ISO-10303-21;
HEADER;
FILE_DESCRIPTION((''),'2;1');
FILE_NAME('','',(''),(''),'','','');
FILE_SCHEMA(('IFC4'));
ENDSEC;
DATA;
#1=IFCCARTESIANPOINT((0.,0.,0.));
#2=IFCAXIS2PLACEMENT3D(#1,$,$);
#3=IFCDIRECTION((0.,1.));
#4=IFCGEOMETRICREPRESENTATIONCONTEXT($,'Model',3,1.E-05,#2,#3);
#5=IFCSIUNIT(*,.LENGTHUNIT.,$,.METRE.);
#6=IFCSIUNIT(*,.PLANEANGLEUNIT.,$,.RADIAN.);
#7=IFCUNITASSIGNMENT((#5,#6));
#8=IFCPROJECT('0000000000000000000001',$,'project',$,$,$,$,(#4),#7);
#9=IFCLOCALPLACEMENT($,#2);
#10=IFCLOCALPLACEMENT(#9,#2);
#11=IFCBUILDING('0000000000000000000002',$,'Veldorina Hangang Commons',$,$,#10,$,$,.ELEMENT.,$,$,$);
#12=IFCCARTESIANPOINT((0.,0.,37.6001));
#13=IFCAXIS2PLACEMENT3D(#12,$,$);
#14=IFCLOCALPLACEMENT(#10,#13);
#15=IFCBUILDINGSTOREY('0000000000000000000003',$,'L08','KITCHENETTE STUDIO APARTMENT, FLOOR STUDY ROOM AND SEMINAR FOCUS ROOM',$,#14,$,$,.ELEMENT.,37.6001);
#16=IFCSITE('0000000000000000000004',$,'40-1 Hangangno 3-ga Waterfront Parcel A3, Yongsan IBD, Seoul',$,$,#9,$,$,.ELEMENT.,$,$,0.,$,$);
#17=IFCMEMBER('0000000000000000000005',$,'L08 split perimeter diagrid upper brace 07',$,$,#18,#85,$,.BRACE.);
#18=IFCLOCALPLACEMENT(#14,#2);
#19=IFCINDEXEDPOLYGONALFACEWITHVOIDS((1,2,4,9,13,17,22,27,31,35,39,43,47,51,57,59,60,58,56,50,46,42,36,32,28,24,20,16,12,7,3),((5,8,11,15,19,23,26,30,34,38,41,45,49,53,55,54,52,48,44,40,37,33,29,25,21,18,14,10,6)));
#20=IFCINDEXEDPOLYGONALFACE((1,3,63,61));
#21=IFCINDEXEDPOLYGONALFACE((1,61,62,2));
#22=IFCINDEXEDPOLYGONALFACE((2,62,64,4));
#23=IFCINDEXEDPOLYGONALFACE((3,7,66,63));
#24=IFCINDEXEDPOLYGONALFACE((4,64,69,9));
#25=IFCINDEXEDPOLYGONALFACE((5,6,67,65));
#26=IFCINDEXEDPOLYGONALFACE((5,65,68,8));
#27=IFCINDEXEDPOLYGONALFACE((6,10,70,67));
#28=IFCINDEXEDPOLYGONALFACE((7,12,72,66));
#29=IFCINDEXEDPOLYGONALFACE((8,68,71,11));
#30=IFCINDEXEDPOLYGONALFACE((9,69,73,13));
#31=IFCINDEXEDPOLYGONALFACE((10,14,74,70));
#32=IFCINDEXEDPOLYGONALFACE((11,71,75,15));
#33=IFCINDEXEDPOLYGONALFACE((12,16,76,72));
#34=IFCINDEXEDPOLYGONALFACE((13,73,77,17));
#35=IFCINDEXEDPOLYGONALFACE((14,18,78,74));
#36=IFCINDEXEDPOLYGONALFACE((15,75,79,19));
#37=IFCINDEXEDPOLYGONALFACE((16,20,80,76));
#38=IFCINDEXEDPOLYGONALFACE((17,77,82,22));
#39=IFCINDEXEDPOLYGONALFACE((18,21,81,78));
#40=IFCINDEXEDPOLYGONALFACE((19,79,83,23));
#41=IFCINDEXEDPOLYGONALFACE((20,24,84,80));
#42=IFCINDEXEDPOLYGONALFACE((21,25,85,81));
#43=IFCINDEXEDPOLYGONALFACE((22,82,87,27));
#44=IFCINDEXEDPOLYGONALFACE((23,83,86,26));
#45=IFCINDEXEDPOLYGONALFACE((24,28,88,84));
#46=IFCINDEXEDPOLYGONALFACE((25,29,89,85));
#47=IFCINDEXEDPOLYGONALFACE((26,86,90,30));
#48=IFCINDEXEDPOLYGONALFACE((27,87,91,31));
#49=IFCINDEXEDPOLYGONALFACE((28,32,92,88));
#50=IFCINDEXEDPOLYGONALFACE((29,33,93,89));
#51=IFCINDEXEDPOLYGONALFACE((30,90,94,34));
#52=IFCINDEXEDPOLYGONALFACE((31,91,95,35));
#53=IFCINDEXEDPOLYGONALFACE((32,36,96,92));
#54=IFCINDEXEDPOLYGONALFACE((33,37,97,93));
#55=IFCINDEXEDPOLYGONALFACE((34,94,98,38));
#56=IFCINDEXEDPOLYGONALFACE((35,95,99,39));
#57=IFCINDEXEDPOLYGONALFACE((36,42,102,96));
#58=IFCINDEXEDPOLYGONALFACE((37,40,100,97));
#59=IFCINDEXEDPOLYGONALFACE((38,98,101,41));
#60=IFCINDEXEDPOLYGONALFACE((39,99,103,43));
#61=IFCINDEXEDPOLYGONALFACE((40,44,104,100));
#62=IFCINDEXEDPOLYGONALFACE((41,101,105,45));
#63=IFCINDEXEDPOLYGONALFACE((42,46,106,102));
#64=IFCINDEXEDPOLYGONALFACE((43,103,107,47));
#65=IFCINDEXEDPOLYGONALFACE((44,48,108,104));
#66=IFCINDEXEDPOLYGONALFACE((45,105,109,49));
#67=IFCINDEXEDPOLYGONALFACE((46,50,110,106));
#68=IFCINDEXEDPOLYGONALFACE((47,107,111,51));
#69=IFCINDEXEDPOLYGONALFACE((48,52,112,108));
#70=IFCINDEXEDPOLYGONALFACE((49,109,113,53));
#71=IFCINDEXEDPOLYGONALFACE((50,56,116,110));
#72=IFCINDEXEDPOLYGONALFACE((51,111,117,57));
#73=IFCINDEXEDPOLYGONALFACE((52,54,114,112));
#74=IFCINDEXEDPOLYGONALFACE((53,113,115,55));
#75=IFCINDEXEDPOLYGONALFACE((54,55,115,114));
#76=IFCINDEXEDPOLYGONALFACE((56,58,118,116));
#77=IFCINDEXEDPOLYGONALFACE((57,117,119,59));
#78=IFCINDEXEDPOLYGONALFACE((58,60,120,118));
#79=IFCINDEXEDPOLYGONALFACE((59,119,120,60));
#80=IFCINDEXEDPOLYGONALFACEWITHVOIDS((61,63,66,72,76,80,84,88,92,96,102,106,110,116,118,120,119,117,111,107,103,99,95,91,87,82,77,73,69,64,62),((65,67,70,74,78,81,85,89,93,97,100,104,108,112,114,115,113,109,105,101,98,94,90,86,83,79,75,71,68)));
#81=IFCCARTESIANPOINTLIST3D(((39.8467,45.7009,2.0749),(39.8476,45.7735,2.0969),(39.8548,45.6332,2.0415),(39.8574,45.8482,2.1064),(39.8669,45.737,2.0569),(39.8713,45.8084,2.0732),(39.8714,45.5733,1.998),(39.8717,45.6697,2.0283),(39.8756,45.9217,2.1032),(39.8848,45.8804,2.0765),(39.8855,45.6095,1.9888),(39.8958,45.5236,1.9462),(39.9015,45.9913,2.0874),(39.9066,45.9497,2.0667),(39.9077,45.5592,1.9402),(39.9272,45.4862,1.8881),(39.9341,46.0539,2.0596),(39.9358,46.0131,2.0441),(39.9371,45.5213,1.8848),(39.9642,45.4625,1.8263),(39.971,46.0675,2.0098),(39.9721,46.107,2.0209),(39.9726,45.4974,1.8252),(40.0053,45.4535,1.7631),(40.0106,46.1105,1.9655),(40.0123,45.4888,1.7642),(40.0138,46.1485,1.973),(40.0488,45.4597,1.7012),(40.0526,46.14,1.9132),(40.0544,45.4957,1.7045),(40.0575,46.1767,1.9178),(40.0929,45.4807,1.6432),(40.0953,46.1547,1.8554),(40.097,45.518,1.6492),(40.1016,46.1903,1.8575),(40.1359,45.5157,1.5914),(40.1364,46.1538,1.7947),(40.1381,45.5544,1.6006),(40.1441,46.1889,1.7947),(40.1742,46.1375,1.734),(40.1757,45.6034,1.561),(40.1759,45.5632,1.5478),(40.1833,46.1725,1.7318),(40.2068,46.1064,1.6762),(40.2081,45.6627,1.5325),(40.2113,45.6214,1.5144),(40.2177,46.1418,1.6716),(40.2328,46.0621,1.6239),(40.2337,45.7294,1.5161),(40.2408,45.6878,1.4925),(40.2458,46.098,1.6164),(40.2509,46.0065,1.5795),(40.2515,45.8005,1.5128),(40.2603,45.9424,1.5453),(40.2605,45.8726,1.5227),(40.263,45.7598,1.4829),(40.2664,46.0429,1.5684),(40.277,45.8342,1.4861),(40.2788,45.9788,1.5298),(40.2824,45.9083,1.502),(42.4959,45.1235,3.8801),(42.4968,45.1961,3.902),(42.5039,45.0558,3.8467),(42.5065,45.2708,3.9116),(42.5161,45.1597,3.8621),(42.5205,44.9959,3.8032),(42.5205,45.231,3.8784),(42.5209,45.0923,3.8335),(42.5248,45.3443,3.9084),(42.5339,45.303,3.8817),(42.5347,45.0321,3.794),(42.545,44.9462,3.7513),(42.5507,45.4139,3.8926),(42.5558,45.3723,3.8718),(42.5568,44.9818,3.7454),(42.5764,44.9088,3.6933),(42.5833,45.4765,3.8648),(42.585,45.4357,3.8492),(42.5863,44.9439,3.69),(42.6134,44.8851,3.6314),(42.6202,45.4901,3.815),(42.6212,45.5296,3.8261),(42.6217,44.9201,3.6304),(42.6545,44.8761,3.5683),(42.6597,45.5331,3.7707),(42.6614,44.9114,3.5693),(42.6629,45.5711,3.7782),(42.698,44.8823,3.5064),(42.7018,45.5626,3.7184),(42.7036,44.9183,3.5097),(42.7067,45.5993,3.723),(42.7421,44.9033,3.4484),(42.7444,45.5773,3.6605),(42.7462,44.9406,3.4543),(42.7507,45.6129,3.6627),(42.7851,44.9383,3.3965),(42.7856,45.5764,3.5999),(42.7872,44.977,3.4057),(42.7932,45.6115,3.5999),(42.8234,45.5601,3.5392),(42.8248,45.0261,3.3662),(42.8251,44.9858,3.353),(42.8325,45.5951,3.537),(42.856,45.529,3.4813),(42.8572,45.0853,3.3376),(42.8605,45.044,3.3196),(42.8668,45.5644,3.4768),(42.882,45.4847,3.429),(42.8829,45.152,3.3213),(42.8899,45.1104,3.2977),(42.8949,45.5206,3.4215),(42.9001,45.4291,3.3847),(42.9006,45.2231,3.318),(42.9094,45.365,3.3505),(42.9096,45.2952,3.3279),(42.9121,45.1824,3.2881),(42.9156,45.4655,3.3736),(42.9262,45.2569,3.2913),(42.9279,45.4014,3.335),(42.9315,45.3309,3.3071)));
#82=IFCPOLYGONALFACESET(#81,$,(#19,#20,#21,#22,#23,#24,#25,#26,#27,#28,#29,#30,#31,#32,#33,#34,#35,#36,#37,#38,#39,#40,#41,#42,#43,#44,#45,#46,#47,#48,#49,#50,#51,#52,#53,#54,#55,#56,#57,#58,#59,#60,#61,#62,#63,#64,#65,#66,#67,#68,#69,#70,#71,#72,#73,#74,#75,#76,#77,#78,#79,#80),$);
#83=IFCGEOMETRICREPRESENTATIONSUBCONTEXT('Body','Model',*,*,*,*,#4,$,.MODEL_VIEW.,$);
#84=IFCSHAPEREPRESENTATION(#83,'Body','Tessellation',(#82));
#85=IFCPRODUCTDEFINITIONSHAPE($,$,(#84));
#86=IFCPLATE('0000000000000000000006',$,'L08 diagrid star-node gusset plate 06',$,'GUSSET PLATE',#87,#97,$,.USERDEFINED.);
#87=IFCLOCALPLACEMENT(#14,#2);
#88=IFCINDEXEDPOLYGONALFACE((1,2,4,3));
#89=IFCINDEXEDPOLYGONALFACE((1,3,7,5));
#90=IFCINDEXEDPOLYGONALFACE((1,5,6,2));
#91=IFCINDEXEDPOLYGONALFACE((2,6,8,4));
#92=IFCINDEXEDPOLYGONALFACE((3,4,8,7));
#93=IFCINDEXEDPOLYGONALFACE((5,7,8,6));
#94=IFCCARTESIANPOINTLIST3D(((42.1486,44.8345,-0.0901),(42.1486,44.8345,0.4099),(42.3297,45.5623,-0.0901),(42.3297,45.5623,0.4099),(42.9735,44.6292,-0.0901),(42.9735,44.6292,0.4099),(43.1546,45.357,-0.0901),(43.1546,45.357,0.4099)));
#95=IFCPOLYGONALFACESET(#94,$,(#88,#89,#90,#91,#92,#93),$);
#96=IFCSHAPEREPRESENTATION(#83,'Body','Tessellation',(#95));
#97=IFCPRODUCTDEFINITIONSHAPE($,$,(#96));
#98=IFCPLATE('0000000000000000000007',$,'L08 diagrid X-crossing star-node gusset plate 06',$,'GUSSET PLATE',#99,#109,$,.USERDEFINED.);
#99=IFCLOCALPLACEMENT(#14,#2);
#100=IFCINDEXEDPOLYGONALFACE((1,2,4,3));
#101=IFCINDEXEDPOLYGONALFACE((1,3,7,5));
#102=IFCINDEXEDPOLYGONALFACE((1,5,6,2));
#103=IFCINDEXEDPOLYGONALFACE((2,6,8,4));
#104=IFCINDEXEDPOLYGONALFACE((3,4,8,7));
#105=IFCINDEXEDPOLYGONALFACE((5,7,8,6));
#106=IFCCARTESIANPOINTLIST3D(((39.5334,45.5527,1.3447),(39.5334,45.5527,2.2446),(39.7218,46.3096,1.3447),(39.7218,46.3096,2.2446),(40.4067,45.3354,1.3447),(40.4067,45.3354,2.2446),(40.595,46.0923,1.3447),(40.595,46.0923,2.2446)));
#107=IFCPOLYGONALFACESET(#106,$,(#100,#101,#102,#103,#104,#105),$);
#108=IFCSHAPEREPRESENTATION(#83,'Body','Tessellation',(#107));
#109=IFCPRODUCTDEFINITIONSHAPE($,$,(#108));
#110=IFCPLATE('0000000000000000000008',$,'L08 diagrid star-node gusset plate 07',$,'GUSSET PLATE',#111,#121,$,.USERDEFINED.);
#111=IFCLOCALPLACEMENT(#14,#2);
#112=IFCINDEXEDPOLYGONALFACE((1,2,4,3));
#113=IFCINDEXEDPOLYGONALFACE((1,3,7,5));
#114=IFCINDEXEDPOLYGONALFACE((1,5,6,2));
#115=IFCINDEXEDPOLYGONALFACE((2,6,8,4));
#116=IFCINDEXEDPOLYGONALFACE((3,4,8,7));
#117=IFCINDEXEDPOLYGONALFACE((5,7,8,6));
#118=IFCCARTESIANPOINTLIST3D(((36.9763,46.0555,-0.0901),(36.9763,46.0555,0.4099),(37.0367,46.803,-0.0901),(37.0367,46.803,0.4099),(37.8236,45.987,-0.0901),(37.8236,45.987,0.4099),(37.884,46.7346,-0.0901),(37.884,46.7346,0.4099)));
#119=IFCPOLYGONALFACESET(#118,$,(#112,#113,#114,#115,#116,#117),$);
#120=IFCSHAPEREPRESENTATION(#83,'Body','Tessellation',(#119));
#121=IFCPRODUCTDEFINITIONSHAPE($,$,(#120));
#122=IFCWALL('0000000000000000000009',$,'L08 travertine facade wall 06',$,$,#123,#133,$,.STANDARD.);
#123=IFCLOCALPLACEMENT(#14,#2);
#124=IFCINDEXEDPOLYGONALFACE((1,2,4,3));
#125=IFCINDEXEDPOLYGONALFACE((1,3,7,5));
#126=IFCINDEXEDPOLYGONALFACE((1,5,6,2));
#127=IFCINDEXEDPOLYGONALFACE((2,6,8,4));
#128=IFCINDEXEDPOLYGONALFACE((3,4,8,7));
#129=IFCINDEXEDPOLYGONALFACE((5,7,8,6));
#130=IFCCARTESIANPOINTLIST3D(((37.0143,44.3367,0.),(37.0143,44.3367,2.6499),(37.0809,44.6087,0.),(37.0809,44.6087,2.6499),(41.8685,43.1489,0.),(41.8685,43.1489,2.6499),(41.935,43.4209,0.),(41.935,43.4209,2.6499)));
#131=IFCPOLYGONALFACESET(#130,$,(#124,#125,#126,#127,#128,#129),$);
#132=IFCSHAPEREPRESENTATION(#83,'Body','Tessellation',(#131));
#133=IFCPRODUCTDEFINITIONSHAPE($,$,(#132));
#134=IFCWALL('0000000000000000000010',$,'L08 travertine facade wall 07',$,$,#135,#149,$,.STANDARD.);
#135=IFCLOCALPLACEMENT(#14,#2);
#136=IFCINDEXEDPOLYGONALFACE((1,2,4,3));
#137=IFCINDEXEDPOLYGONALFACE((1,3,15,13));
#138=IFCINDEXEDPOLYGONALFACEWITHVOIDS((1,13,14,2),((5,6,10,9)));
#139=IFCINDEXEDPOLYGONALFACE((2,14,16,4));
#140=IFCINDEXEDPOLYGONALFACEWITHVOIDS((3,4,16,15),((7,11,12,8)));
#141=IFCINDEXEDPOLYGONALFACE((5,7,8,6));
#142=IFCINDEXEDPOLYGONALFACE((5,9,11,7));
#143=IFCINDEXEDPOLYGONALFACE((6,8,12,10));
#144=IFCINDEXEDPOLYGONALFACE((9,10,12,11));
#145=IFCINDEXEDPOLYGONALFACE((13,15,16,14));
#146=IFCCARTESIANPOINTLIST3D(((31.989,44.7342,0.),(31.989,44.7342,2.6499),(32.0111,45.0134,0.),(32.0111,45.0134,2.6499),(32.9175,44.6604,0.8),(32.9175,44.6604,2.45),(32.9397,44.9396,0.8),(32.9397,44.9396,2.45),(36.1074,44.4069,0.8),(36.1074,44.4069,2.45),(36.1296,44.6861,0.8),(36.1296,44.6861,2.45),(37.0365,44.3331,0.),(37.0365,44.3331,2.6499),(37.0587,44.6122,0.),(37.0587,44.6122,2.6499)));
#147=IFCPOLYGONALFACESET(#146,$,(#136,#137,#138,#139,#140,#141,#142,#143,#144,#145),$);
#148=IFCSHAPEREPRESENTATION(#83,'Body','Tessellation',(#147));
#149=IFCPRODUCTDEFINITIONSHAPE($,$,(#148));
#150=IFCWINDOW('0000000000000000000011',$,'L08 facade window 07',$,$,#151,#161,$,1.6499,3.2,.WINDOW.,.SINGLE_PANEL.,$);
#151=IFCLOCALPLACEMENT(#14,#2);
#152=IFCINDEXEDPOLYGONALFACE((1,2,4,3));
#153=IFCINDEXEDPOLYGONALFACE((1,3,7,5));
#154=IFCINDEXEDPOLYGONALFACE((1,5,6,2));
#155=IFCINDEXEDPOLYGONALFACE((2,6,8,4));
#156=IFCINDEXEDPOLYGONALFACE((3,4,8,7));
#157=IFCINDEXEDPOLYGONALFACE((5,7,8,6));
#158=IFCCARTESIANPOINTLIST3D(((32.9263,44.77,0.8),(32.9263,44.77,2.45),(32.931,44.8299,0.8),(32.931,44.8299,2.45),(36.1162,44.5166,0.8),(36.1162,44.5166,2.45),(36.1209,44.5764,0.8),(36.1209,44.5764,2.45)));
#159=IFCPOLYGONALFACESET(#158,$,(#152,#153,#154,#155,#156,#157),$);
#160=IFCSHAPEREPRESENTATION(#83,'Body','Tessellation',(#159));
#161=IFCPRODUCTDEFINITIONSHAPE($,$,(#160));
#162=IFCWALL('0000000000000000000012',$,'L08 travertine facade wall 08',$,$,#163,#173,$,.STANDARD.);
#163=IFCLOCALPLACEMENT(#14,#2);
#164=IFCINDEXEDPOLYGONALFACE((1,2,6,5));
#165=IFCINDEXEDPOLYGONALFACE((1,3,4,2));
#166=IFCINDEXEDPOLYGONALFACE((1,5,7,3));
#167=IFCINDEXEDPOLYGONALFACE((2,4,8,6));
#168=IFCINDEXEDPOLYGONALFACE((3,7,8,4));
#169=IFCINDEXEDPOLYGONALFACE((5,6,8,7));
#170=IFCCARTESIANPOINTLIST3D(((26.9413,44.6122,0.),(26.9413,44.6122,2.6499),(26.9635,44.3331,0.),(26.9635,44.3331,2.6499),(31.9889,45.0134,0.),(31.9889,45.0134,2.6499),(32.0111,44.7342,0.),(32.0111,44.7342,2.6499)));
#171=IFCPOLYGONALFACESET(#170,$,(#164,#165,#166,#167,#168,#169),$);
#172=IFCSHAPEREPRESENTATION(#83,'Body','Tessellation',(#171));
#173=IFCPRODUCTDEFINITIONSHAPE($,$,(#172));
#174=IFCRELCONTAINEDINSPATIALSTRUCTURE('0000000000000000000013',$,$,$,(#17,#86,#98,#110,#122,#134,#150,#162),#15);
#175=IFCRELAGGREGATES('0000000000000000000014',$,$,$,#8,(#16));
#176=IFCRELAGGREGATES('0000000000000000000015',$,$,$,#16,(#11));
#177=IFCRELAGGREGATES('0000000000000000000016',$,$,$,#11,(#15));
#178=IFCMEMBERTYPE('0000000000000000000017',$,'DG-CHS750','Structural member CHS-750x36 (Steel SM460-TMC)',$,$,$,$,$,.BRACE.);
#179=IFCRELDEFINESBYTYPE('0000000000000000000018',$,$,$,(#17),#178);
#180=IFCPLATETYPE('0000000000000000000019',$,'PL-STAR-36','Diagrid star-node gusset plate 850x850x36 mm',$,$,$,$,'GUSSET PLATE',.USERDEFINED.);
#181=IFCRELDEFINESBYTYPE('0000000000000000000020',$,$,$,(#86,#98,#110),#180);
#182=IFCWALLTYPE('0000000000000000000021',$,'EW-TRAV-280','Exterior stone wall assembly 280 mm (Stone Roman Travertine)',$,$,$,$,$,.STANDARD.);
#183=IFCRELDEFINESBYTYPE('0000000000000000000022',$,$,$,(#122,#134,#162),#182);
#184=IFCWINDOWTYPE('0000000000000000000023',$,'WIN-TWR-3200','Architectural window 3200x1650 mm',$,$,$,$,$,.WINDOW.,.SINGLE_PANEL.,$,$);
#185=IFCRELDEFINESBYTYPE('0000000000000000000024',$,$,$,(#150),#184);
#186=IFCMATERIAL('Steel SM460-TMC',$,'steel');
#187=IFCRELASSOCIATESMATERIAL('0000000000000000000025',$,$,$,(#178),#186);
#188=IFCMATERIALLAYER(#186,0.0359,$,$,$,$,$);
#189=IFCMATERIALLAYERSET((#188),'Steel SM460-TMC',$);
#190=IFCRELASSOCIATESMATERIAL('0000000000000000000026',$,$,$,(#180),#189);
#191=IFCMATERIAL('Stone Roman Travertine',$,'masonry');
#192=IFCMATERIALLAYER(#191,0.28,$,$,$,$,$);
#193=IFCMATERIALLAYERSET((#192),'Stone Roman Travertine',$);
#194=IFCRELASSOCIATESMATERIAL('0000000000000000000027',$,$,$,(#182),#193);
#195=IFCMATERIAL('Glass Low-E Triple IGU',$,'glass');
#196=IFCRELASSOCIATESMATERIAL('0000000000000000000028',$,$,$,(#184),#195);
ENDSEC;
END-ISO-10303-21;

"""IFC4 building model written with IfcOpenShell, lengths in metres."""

from ifc_helpers import new_model, si_unit, direction, frame, frame_2d, origin, origin_2d, place, context, subcontext, project, spatial, rectangle, hollow_circle, extrude, material, layer, layer_set, material_profile, profile_set, type_object, element, fill, save


model = new_model("IFC4")

# Units and contexts
model_context = context("Model", 3, precision=1e-05, world=origin(), true_north=direction((0.0, 1.0)))
body_context = subcontext(model_context, "Body", "Model", "MODEL_VIEW")
ifc_project = project(units=[si_unit("LENGTHUNIT", "METRE"), si_unit("PLANEANGLEUNIT", "RADIAN")], contexts=[model_context])

# Site, building, storey
site_placement = place(None, origin())
site = spatial("IfcSite", under=ifc_project, at=site_placement, Name="40-1 Hangangno 3-ga Waterfront Parcel A3, Yongsan IBD, Seoul", CompositionType="ELEMENT", RefElevation=0.0)
building_placement = place(site_placement, origin())
building = spatial("IfcBuilding", under=site, at=building_placement, Name="Veldorina Hangang Commons", CompositionType="ELEMENT")
storey_placement = place(building_placement, frame((0.0, 0.0, 37.6001)))
storey = spatial("IfcBuildingStorey", under=building, at=storey_placement, Name="L08", Description="KITCHENETTE STUDIO APARTMENT, FLOOR STUDY ROOM AND SEMINAR FOCUS ROOM", CompositionType="ELEMENT", Elevation=37.6001)

# Shared definitions
ifc_material_1 = material(Name="Steel SM460-TMC", Category="steel")

# Member
ifc_material_profile_1 = material_profile(ifc_material_1, hollow_circle(Radius=0.375, WallThickness=0.0359, at=origin_2d()), Name="CHS-750x36")
ifc_profile_set_1 = profile_set([ifc_material_profile_1], Name="Steel SM460-TMC")
member_type = type_object("IfcMemberType", Name="DG-CHS750", Description="Structural member CHS-750x36 (Steel SM460-TMC)", PredefinedType="BRACE", material=ifc_profile_set_1)
member_1_placement = place(storey_placement, frame((40.0642, 45.8225, 1.7947), z_axis=(0.813297, -0.17726, 0.55419), x_axis=(0.212953, 0.977062, 0.0)))
element("IfcMember", 1, at=member_1_placement, inside=storey, type_object=member_type, Name="L08 split perimeter diagrid upper brace 07", PredefinedType="BRACE", context=body_context, shape_type="SweptSolid", body=[
    extrude(hollow_circle(Radius=0.375, WallThickness=0.0359, at=origin_2d()), origin(), (0.0, 0.0, 1.0), 3.2573),
])

# Plates
ifc_layer_1 = layer(ifc_material_1, 0.0359)
ifc_layer_set_1 = layer_set([ifc_layer_1], Name="Steel SM460-TMC")
plate_type = type_object("IfcPlateType", Name="PL-STAR-36", Description="Diagrid star-node gusset plate 850x850x36 mm", ElementType="GUSSET PLATE", PredefinedType="USERDEFINED", material=ifc_layer_set_1)
plate_1_placement = place(storey_placement, frame((42.6516, 45.0957, -0.0901), z_axis=(0.0, 0.0, 1.0), x_axis=(-0.970401, 0.241499, 0.0)))
element("IfcPlate", 2, at=plate_1_placement, inside=storey, type_object=plate_type, Name="L08 diagrid star-node gusset plate 06", ObjectType="GUSSET PLATE", PredefinedType="USERDEFINED", context=body_context, shape_type="SweptSolid", body=[
    extrude(rectangle(XDim=0.8501, YDim=0.75, at=origin_2d()), origin(), (0.0, 0.0, 1.0), 0.5),
])
plate_2_placement = place(storey_placement, frame((40.0642, 45.8225, 1.3447), z_axis=(0.0, 0.0, 1.0), x_axis=(-0.970401, 0.241499, 0.0)))
element("IfcPlate", 3, at=plate_2_placement, inside=storey, type_object=plate_type, Name="L08 diagrid X-crossing star-node gusset plate 06", ObjectType="GUSSET PLATE", PredefinedType="USERDEFINED", context=body_context, shape_type="SweptSolid", body=[
    extrude(rectangle(XDim=0.8999, YDim=0.78, at=origin_2d()), origin(), (0.0, 0.0, 1.0), 0.8999),
])
plate_3_placement = place(storey_placement, frame((37.4302, 46.395, -0.0901), z_axis=(0.0, 0.0, 1.0), x_axis=(-0.996752, 0.080529, 0.0)))
element("IfcPlate", 4, at=plate_3_placement, inside=storey, type_object=plate_type, Name="L08 diagrid star-node gusset plate 07", ObjectType="GUSSET PLATE", PredefinedType="USERDEFINED", context=body_context, shape_type="SweptSolid", body=[
    extrude(rectangle(XDim=0.8501, YDim=0.75, at=origin_2d()), origin(), (0.0, 0.0, 1.0), 0.5),
])

# Wall
ifc_material_2 = material(Name="Stone Roman Travertine", Category="masonry")
ifc_layer_2 = layer(ifc_material_2, 0.28)
ifc_layer_set_2 = layer_set([ifc_layer_2], Name="Stone Roman Travertine")
wall_type_1 = type_object("IfcWallType", Name="EW-TRAV-280", Description="Exterior stone wall assembly 280 mm (Stone Roman Travertine)", PredefinedType="STANDARD", material=ifc_layer_set_2)
wall_1_placement = place(storey_placement, frame((41.9016, 43.2849, 0.0), z_axis=(0.0, 0.0, 1.0), x_axis=(-0.971343, 0.237682, 0.0)))
element("IfcWall", 5, at=wall_1_placement, inside=storey, type_object=wall_type_1, Name="L08 travertine facade wall 06", PredefinedType="STANDARD", context=body_context, shape_type="SweptSolid", body=[
    extrude(rectangle(XDim=4.9973, YDim=0.28, at=frame_2d((2.4985, 0.0))), origin(), (0.0, 0.0, 1.0), 2.6499),
])

# Wall, opening, window
wall_2_placement = place(storey_placement, frame((37.0476, 44.4727, 0.0), z_axis=(0.0, 0.0, 1.0), x_axis=(-0.996857, 0.079218, 0.0)))
wall_2 = element("IfcWall", 6, at=wall_2_placement, inside=storey, type_object=wall_type_1, Name="L08 travertine facade wall 07", PredefinedType="STANDARD", context=body_context, shape_type="SweptSolid", body=[
    extrude(rectangle(XDim=5.0635, YDim=0.28, at=frame_2d((2.5317, 0.0))), origin(), (0.0, 0.0, 1.0), 2.6499),
])
opening_1_placement = place(wall_2_placement, frame((0.9319, 0.0, 0.8)))
opening_1 = element("IfcOpeningElement", 7, at=opening_1_placement, cuts=wall_2, PredefinedType="OPENING", context=body_context, shape_type="SweptSolid", body=[
    extrude(rectangle(XDim=3.2, YDim=1.6499, at=frame_2d((1.6001, 0.825))), frame((0.0, 0.1499, 0.0), z_axis=(0.0, -1.0, 0.0), x_axis=(1.0, 0.0, 0.0)), (0.0, 0.0, 1.0), 0.3),
])
ifc_material_3 = material(Name="Glass Low-E Triple IGU", Category="glass")
window_type = type_object("IfcWindowType", Name="WIN-TWR-3200", Description="Architectural window 3200x1650 mm", PartitioningType="SINGLE_PANEL", PredefinedType="WINDOW", material=ifc_material_3)
window_placement = place(opening_1_placement, origin())
window = element("IfcWindow", 8, at=window_placement, inside=storey, type_object=window_type, Name="L08 facade window 07", OverallHeight=1.6499, OverallWidth=3.2, PartitioningType="SINGLE_PANEL", PredefinedType="WINDOW", context=body_context, shape_type="SweptSolid", body=[
    extrude(rectangle(XDim=3.2, YDim=1.6499, at=frame_2d((1.6001, 0.825))), frame((0.0, 0.03, 0.0), z_axis=(0.0, -1.0, 0.0), x_axis=(1.0, 0.0, 0.0)), (0.0, 0.0, 1.0), 0.0601),
])
fill(opening_1, window)

# Wall
wall_3_placement = place(storey_placement, frame((32.0, 44.8738, 0.0), z_axis=(0.0, 0.0, 1.0), x_axis=(-0.996857, -0.079218, 0.0)))
element("IfcWall", 9, at=wall_3_placement, inside=storey, type_object=wall_type_1, Name="L08 travertine facade wall 08", PredefinedType="STANDARD", context=body_context, shape_type="SweptSolid", body=[
    extrude(rectangle(XDim=5.0635, YDim=0.28, at=frame_2d((2.5317, 0.0))), origin(), (0.0, 0.0, 1.0), 2.6499),
])

save(model, "model.ifc")
